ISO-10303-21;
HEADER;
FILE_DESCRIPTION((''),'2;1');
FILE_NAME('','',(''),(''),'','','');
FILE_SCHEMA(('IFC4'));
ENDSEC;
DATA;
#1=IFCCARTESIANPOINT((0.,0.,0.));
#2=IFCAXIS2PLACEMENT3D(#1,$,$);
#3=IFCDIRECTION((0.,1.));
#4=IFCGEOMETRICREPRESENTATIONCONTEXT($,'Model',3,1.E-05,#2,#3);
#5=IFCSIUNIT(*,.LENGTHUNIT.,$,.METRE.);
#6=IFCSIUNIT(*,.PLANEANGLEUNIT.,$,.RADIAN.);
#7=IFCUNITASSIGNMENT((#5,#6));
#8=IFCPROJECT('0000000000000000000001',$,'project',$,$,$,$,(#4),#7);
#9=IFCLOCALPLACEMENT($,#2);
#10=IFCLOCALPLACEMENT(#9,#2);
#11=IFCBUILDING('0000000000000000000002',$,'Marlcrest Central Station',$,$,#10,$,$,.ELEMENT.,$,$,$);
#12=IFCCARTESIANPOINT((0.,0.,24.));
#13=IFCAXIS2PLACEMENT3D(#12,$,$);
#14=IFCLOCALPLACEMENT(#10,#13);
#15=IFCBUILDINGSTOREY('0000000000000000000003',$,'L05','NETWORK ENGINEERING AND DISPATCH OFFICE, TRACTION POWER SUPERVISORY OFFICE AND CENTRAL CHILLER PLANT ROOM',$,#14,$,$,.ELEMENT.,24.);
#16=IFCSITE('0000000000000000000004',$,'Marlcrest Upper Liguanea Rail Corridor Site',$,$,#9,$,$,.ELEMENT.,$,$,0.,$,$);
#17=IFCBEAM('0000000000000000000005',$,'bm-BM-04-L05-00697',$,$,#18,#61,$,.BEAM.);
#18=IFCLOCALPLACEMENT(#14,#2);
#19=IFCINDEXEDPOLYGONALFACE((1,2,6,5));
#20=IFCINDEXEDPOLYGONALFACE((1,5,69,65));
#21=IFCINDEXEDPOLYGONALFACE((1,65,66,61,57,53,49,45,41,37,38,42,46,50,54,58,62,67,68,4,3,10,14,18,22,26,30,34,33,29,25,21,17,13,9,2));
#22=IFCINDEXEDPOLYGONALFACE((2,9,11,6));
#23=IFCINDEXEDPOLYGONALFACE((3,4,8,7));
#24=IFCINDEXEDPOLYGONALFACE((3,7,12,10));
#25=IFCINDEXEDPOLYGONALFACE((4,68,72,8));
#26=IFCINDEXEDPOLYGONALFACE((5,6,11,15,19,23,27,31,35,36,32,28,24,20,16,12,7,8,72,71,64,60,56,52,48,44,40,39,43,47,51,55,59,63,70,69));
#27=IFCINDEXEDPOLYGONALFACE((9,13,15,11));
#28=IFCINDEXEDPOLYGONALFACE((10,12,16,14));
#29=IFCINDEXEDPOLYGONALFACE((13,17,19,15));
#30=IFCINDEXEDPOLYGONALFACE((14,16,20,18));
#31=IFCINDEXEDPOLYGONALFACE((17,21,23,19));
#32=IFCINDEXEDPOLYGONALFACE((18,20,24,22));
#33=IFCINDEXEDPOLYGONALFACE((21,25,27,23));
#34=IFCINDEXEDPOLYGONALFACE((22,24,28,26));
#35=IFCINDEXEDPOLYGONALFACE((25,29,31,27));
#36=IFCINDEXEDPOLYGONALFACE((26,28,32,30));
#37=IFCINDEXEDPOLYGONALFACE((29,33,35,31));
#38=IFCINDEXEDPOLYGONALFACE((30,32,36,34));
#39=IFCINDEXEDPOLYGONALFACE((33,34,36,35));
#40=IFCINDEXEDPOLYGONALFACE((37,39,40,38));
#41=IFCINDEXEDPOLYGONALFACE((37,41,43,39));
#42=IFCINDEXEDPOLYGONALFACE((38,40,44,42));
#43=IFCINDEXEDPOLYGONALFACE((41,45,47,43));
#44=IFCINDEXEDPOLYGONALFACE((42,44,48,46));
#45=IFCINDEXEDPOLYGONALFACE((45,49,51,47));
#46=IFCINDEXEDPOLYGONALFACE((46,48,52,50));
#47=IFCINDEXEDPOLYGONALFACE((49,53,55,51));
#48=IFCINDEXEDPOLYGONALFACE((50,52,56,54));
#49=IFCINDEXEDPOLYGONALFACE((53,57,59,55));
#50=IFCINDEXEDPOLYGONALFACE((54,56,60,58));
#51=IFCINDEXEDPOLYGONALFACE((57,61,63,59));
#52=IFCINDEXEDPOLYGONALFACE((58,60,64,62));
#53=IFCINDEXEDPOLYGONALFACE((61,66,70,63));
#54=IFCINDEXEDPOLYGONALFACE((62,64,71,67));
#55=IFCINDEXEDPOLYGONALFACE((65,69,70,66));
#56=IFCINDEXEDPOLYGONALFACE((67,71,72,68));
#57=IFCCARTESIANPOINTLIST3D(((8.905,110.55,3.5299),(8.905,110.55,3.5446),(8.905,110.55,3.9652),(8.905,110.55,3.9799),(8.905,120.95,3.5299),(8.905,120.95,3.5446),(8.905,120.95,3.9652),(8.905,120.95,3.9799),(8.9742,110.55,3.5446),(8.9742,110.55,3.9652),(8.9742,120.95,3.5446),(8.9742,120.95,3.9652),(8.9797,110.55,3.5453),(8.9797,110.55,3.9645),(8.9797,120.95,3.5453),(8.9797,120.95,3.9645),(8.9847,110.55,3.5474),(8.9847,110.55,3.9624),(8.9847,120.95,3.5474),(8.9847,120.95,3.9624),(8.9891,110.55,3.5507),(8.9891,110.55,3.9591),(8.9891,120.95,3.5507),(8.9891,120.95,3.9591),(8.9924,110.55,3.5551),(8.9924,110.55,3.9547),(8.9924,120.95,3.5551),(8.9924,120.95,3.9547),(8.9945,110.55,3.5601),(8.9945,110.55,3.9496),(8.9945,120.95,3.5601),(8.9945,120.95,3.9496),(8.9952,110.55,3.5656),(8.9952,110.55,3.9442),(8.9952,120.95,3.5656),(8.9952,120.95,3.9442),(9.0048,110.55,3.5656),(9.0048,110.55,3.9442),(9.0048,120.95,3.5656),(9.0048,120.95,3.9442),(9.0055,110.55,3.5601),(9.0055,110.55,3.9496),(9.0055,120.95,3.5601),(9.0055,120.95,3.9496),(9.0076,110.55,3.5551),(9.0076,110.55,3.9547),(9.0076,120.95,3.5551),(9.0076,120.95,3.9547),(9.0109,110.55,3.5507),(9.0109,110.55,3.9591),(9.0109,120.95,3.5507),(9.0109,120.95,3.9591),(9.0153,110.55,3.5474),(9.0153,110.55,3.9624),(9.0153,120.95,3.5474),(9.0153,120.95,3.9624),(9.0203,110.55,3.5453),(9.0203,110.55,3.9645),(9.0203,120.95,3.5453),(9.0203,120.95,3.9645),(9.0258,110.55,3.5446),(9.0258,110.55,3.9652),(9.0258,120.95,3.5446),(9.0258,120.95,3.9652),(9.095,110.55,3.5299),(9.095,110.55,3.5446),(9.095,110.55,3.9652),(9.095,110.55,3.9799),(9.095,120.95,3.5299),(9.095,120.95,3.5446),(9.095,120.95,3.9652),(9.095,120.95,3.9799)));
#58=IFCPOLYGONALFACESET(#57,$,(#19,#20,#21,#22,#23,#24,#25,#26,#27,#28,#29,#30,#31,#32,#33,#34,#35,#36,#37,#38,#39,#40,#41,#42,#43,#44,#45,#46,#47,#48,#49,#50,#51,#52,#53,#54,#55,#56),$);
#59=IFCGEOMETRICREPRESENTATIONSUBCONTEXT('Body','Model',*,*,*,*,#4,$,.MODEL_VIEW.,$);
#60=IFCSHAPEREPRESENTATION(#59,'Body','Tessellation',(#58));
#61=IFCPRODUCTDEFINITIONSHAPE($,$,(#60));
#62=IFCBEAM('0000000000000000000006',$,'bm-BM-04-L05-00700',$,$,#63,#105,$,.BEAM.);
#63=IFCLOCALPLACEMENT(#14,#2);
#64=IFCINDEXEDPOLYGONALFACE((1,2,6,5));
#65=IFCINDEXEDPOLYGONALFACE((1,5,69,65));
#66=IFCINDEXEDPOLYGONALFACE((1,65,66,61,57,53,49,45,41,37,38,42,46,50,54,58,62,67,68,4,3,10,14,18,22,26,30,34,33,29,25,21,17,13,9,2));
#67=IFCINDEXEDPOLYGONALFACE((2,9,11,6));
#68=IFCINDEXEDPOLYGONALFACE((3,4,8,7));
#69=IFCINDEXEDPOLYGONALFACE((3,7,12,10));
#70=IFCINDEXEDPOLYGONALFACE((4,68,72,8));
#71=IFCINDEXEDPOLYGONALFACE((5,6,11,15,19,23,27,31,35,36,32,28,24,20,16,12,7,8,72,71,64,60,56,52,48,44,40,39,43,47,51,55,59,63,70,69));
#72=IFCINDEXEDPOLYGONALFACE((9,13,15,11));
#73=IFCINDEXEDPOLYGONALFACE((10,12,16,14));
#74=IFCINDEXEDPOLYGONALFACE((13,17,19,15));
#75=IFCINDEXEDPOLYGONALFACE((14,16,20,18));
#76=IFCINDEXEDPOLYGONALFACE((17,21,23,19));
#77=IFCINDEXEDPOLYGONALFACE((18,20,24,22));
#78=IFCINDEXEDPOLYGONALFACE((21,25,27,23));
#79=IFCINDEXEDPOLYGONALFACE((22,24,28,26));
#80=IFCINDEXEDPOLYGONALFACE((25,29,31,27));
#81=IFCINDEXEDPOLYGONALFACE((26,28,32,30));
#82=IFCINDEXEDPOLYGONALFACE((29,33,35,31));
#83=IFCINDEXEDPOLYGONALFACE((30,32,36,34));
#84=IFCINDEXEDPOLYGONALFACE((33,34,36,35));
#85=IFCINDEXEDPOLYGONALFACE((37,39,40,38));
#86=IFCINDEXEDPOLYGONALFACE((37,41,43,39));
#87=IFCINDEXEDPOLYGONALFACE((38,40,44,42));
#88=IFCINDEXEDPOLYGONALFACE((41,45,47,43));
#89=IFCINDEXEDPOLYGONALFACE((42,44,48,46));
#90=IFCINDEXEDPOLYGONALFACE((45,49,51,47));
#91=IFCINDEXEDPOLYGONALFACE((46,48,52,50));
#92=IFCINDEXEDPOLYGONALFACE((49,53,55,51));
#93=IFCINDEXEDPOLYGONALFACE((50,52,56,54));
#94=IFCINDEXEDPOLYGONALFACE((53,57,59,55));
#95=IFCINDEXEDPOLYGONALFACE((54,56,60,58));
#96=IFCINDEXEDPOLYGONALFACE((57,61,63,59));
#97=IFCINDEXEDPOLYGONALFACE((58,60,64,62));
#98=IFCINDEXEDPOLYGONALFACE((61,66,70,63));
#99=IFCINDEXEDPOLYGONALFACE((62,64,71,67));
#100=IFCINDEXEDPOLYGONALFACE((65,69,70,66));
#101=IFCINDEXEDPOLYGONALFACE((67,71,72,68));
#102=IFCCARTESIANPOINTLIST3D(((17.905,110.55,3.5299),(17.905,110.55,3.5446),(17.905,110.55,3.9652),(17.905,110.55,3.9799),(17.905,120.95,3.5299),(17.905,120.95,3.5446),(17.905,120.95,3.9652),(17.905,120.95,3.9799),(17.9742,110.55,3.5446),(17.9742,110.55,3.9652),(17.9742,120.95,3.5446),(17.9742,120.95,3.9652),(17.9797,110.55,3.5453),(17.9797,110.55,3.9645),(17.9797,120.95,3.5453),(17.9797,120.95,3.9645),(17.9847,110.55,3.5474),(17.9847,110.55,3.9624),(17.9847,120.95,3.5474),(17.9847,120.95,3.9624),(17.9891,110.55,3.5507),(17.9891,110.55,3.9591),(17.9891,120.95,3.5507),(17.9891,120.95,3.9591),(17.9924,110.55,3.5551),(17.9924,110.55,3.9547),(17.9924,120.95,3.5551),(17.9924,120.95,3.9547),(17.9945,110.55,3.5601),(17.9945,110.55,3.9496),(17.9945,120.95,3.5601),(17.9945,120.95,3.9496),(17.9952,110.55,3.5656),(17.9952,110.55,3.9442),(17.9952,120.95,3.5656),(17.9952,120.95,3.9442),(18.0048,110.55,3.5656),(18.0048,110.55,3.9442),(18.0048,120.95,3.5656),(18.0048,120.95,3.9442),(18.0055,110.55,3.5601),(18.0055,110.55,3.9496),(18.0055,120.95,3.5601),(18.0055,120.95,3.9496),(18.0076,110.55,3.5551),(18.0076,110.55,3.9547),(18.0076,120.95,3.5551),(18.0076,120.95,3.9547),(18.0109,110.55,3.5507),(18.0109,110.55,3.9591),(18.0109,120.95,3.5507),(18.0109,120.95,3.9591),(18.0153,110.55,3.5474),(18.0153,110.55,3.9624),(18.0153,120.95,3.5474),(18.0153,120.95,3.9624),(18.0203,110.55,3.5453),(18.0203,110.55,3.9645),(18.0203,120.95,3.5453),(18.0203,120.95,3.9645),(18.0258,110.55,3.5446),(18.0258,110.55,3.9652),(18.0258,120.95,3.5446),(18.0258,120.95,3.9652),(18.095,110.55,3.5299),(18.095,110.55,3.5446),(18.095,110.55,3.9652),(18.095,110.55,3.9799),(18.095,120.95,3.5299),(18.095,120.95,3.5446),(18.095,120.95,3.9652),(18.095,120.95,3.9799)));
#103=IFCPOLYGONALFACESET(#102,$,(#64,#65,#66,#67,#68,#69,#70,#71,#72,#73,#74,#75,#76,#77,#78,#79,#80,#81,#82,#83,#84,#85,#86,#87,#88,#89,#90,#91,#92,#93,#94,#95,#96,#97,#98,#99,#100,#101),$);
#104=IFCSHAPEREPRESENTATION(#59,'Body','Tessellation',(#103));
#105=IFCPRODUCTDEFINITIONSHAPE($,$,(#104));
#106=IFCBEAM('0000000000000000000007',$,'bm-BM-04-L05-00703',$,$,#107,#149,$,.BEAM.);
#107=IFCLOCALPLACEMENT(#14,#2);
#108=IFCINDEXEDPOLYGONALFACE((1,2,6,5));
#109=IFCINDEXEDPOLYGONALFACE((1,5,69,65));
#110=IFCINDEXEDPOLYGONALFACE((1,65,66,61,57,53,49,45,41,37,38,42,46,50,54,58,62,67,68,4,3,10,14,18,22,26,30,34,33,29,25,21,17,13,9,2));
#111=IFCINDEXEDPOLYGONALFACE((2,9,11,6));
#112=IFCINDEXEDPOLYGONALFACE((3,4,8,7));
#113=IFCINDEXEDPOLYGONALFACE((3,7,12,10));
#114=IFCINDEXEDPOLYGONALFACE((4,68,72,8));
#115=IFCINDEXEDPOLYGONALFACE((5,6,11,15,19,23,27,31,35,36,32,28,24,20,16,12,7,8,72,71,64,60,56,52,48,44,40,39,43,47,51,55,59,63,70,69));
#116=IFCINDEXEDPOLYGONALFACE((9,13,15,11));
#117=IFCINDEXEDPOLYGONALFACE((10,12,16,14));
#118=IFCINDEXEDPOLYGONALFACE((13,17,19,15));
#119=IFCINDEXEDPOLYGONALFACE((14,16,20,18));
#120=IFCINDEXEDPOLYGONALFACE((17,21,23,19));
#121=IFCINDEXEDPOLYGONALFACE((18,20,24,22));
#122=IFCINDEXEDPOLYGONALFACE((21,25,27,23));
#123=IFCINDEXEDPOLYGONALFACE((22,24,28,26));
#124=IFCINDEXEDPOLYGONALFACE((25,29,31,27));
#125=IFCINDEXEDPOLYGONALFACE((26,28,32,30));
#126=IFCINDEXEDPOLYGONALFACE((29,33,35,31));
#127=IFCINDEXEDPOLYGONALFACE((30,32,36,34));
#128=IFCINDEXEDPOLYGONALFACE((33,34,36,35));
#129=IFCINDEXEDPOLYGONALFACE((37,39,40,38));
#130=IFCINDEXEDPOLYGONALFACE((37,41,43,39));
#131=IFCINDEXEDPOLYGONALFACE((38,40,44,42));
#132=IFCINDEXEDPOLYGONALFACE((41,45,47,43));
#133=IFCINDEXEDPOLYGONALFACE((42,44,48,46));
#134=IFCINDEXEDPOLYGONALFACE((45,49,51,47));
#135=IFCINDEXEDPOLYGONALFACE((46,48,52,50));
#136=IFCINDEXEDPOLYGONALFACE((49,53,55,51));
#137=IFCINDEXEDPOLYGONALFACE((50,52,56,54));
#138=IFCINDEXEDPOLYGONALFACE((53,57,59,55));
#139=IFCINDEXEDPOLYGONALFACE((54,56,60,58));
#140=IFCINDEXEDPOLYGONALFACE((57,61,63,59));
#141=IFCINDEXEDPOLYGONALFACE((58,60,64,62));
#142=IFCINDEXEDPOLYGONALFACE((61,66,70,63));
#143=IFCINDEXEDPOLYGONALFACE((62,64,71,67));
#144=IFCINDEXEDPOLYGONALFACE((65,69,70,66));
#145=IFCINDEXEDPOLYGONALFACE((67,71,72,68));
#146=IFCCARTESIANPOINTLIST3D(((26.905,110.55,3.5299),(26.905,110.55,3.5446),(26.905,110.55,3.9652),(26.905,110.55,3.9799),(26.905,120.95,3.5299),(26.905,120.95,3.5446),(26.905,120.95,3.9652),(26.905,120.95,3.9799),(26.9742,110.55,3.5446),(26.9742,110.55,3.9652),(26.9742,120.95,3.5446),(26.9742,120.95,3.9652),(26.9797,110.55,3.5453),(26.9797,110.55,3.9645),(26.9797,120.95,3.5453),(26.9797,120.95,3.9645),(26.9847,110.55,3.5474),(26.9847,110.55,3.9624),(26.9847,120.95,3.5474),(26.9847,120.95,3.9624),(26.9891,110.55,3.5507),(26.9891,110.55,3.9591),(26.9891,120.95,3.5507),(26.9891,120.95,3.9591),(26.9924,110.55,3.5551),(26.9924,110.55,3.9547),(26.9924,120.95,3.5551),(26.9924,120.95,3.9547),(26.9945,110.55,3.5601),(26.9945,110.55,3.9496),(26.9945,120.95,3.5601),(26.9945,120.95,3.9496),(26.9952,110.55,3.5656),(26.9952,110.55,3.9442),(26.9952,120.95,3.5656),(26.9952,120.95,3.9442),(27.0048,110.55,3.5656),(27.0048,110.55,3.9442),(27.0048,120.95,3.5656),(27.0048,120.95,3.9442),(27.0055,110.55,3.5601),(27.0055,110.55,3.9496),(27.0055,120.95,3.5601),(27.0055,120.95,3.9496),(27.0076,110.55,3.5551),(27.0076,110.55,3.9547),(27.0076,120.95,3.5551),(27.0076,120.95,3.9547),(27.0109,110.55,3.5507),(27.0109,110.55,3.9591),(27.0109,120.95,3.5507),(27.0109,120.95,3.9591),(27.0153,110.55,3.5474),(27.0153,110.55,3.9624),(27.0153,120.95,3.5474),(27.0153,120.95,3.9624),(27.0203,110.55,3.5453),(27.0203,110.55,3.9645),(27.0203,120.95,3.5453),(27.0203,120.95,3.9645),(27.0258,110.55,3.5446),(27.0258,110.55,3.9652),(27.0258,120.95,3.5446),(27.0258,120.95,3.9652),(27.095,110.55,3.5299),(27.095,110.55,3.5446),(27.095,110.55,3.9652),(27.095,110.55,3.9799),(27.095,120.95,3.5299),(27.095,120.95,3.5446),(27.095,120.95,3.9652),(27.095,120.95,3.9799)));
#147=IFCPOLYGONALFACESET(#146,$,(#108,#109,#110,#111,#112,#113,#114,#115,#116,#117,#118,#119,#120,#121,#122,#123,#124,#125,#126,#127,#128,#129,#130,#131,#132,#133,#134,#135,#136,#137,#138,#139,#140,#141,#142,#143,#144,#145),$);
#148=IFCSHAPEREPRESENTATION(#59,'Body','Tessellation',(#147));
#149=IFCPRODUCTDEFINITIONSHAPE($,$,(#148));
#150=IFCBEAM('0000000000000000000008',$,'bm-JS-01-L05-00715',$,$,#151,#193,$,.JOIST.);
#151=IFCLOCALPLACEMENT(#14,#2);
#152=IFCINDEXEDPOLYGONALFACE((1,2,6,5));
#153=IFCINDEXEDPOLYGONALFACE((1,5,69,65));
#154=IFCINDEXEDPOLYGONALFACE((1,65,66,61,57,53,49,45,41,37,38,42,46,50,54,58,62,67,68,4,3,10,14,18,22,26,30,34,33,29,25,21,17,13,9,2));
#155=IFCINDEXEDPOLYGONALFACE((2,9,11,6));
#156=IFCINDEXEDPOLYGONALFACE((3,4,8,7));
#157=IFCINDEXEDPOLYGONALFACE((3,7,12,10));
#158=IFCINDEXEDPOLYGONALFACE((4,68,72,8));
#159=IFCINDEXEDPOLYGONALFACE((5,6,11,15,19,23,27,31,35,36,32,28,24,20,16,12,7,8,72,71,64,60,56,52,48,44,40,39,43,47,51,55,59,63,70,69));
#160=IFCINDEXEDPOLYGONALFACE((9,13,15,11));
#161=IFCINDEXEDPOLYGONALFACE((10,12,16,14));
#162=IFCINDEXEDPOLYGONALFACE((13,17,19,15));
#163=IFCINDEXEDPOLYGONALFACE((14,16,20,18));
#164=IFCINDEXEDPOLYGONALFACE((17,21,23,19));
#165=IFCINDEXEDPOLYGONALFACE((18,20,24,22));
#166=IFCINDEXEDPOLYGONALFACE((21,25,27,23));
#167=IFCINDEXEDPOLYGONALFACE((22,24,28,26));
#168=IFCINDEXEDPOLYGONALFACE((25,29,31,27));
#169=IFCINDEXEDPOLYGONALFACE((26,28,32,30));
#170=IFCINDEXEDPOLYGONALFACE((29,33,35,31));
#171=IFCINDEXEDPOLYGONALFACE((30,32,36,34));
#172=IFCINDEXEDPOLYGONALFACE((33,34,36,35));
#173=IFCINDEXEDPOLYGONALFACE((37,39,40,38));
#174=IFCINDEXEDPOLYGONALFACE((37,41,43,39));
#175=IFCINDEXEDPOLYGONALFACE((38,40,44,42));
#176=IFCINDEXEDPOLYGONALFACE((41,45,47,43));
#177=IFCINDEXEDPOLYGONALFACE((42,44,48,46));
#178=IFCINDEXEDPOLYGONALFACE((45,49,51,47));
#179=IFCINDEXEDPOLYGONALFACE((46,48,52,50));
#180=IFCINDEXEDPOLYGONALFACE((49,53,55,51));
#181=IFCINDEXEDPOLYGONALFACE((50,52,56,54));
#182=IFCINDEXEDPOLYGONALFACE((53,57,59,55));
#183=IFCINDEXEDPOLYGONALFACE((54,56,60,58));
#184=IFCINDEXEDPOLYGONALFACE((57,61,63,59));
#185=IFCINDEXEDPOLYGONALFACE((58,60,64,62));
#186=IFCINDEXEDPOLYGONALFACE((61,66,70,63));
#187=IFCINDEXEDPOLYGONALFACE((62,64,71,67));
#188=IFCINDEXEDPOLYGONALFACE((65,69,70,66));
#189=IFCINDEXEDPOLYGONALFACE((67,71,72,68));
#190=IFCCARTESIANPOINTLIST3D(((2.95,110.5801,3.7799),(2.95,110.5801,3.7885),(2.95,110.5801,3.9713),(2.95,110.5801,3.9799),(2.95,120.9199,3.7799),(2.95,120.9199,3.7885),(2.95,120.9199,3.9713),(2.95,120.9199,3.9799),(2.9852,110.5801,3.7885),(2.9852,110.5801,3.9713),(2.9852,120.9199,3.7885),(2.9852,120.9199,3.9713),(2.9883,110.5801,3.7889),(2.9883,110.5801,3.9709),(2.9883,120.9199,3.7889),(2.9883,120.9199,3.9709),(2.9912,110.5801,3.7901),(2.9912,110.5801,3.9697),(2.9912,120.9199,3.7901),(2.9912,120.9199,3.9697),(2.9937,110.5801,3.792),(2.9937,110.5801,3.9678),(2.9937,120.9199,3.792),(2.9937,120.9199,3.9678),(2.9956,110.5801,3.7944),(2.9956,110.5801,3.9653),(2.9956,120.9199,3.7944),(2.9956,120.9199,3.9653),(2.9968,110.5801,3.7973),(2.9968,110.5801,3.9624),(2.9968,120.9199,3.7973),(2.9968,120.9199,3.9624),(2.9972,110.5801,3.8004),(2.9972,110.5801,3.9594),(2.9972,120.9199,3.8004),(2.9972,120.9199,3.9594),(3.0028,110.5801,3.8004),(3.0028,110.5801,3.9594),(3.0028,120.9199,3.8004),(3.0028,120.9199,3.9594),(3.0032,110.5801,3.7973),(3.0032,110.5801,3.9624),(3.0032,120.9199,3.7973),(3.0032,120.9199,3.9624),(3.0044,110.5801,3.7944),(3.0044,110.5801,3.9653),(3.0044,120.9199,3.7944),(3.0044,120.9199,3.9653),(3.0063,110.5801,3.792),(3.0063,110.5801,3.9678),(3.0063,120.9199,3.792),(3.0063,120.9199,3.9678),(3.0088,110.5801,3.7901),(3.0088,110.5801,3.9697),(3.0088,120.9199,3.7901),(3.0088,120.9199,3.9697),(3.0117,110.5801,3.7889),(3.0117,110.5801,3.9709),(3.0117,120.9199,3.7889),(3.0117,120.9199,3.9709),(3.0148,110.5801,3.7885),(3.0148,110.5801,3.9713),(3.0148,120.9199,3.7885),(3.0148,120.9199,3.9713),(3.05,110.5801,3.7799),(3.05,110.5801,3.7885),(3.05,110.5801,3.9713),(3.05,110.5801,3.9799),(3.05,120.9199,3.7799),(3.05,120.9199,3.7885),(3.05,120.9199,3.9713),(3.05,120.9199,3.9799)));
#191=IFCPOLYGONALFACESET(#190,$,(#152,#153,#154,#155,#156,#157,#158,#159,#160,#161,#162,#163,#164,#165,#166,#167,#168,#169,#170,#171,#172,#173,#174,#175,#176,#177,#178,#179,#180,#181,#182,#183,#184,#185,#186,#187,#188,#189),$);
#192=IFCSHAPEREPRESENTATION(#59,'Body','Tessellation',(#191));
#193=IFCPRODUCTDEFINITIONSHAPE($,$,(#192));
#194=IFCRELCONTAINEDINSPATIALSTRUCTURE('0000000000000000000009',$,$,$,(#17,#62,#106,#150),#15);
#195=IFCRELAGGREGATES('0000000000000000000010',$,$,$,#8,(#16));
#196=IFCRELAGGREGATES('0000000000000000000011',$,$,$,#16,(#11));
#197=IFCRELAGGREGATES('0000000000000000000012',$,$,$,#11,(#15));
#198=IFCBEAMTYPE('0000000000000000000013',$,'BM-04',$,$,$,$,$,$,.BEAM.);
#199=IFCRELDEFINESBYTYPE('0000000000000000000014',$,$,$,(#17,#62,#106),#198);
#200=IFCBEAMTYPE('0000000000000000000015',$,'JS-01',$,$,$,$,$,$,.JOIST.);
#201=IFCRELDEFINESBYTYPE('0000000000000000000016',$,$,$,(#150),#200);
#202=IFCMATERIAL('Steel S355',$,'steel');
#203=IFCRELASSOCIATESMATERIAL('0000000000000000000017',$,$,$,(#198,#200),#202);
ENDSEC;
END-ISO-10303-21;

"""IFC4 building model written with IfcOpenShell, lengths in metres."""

from ifc_helpers import new_model, si_unit, direction, frame, origin, origin_2d, place, context, subcontext, project, spatial, i_section, extrude, material, material_profile, profile_set, type_object, element, save


model = new_model("IFC4")

# Units and contexts
model_context = context("Model", 3, precision=1e-05, world=origin(), true_north=direction((0.0, 1.0)))
body_context = subcontext(model_context, "Body", "Model", "MODEL_VIEW")
ifc_project = project(units=[si_unit("LENGTHUNIT", "METRE"), si_unit("PLANEANGLEUNIT", "RADIAN")], contexts=[model_context])

# Site, building, storey
site_placement = place(None, origin())
site = spatial("IfcSite", under=ifc_project, at=site_placement, Name="Marlcrest Upper Liguanea Rail Corridor Site", CompositionType="ELEMENT", RefElevation=0.0)
building_placement = place(site_placement, origin())
building = spatial("IfcBuilding", under=site, at=building_placement, Name="Marlcrest Central Station", CompositionType="ELEMENT")
storey_placement = place(building_placement, frame((0.0, 0.0, 24.0)))
storey = spatial("IfcBuildingStorey", under=building, at=storey_placement, Name="L05", Description="NETWORK ENGINEERING AND DISPATCH OFFICE, TRACTION POWER SUPERVISORY OFFICE AND CENTRAL CHILLER PLANT ROOM", CompositionType="ELEMENT", Elevation=24.0)

# Shared definitions
ifc_material_1 = material(Name="Steel S355", Category="steel")

# Beams
ifc_material_profile_1 = material_profile(ifc_material_1, i_section(OverallWidth=0.1899, OverallDepth=0.45, WebThickness=0.0095, FlangeThickness=0.0146, FilletRadius=0.021, at=origin_2d()), Name="IPE 450")
ifc_profile_set_1 = profile_set([ifc_material_profile_1], Name="Steel S355")
beam_type_1 = type_object("IfcBeamType", Name="BM-04", PredefinedType="BEAM", material=ifc_profile_set_1)
for number, where, z_axis, x_axis, name in (
    (1, (9.0, 110.55, 3.7549), (0.0, 1.0, 0.0), (-1.0, 0.0, 0.0), "bm-BM-04-L05-00697"),
    (2, (18.0, 110.55, 3.7549), (0.0, 1.0, 0.0), (-1.0, 0.0, 0.0), "bm-BM-04-L05-00700"),
    (3, (27.0, 110.55, 3.7549), (0.0, 1.0, 0.0), (-1.0, 0.0, 0.0), "bm-BM-04-L05-00703"),
):
    element("IfcBeam", number, at=place(storey_placement, frame(where, z_axis=z_axis, x_axis=x_axis)), inside=storey, type_object=beam_type_1, Name=name, PredefinedType="BEAM", context=body_context, shape_type="SweptSolid", body=[
        extrude(i_section(OverallWidth=0.1899, OverallDepth=0.45, WebThickness=0.0095, FlangeThickness=0.0146, FilletRadius=0.021, at=origin_2d()), origin(), (0.0, 0.0, 1.0), 10.3999),
    ])
ifc_material_profile_2 = material_profile(ifc_material_1, i_section(OverallWidth=0.1001, OverallDepth=0.2, WebThickness=0.0056, FlangeThickness=0.0085, FilletRadius=0.012, at=origin_2d()), Name="IPE 200")
ifc_profile_set_2 = profile_set([ifc_material_profile_2], Name="Steel S355")
beam_type_2 = type_object("IfcBeamType", Name="JS-01", PredefinedType="JOIST", material=ifc_profile_set_2)
for number, where, z_axis, x_axis, name in (
    (4, (3.0, 110.5801, 3.8799), (0.0, 1.0, 0.0), (-1.0, 0.0, 0.0), "bm-JS-01-L05-00715"),
):
    element("IfcBeam", number, at=place(storey_placement, frame(where, z_axis=z_axis, x_axis=x_axis)), inside=storey, type_object=beam_type_2, Name=name, PredefinedType="JOIST", context=body_context, shape_type="SweptSolid", body=[
        extrude(i_section(OverallWidth=0.1001, OverallDepth=0.2, WebThickness=0.0056, FlangeThickness=0.0085, FilletRadius=0.012, at=origin_2d()), origin(), (0.0, 0.0, 1.0), 10.3398),
    ])

save(model, "model.ifc")
